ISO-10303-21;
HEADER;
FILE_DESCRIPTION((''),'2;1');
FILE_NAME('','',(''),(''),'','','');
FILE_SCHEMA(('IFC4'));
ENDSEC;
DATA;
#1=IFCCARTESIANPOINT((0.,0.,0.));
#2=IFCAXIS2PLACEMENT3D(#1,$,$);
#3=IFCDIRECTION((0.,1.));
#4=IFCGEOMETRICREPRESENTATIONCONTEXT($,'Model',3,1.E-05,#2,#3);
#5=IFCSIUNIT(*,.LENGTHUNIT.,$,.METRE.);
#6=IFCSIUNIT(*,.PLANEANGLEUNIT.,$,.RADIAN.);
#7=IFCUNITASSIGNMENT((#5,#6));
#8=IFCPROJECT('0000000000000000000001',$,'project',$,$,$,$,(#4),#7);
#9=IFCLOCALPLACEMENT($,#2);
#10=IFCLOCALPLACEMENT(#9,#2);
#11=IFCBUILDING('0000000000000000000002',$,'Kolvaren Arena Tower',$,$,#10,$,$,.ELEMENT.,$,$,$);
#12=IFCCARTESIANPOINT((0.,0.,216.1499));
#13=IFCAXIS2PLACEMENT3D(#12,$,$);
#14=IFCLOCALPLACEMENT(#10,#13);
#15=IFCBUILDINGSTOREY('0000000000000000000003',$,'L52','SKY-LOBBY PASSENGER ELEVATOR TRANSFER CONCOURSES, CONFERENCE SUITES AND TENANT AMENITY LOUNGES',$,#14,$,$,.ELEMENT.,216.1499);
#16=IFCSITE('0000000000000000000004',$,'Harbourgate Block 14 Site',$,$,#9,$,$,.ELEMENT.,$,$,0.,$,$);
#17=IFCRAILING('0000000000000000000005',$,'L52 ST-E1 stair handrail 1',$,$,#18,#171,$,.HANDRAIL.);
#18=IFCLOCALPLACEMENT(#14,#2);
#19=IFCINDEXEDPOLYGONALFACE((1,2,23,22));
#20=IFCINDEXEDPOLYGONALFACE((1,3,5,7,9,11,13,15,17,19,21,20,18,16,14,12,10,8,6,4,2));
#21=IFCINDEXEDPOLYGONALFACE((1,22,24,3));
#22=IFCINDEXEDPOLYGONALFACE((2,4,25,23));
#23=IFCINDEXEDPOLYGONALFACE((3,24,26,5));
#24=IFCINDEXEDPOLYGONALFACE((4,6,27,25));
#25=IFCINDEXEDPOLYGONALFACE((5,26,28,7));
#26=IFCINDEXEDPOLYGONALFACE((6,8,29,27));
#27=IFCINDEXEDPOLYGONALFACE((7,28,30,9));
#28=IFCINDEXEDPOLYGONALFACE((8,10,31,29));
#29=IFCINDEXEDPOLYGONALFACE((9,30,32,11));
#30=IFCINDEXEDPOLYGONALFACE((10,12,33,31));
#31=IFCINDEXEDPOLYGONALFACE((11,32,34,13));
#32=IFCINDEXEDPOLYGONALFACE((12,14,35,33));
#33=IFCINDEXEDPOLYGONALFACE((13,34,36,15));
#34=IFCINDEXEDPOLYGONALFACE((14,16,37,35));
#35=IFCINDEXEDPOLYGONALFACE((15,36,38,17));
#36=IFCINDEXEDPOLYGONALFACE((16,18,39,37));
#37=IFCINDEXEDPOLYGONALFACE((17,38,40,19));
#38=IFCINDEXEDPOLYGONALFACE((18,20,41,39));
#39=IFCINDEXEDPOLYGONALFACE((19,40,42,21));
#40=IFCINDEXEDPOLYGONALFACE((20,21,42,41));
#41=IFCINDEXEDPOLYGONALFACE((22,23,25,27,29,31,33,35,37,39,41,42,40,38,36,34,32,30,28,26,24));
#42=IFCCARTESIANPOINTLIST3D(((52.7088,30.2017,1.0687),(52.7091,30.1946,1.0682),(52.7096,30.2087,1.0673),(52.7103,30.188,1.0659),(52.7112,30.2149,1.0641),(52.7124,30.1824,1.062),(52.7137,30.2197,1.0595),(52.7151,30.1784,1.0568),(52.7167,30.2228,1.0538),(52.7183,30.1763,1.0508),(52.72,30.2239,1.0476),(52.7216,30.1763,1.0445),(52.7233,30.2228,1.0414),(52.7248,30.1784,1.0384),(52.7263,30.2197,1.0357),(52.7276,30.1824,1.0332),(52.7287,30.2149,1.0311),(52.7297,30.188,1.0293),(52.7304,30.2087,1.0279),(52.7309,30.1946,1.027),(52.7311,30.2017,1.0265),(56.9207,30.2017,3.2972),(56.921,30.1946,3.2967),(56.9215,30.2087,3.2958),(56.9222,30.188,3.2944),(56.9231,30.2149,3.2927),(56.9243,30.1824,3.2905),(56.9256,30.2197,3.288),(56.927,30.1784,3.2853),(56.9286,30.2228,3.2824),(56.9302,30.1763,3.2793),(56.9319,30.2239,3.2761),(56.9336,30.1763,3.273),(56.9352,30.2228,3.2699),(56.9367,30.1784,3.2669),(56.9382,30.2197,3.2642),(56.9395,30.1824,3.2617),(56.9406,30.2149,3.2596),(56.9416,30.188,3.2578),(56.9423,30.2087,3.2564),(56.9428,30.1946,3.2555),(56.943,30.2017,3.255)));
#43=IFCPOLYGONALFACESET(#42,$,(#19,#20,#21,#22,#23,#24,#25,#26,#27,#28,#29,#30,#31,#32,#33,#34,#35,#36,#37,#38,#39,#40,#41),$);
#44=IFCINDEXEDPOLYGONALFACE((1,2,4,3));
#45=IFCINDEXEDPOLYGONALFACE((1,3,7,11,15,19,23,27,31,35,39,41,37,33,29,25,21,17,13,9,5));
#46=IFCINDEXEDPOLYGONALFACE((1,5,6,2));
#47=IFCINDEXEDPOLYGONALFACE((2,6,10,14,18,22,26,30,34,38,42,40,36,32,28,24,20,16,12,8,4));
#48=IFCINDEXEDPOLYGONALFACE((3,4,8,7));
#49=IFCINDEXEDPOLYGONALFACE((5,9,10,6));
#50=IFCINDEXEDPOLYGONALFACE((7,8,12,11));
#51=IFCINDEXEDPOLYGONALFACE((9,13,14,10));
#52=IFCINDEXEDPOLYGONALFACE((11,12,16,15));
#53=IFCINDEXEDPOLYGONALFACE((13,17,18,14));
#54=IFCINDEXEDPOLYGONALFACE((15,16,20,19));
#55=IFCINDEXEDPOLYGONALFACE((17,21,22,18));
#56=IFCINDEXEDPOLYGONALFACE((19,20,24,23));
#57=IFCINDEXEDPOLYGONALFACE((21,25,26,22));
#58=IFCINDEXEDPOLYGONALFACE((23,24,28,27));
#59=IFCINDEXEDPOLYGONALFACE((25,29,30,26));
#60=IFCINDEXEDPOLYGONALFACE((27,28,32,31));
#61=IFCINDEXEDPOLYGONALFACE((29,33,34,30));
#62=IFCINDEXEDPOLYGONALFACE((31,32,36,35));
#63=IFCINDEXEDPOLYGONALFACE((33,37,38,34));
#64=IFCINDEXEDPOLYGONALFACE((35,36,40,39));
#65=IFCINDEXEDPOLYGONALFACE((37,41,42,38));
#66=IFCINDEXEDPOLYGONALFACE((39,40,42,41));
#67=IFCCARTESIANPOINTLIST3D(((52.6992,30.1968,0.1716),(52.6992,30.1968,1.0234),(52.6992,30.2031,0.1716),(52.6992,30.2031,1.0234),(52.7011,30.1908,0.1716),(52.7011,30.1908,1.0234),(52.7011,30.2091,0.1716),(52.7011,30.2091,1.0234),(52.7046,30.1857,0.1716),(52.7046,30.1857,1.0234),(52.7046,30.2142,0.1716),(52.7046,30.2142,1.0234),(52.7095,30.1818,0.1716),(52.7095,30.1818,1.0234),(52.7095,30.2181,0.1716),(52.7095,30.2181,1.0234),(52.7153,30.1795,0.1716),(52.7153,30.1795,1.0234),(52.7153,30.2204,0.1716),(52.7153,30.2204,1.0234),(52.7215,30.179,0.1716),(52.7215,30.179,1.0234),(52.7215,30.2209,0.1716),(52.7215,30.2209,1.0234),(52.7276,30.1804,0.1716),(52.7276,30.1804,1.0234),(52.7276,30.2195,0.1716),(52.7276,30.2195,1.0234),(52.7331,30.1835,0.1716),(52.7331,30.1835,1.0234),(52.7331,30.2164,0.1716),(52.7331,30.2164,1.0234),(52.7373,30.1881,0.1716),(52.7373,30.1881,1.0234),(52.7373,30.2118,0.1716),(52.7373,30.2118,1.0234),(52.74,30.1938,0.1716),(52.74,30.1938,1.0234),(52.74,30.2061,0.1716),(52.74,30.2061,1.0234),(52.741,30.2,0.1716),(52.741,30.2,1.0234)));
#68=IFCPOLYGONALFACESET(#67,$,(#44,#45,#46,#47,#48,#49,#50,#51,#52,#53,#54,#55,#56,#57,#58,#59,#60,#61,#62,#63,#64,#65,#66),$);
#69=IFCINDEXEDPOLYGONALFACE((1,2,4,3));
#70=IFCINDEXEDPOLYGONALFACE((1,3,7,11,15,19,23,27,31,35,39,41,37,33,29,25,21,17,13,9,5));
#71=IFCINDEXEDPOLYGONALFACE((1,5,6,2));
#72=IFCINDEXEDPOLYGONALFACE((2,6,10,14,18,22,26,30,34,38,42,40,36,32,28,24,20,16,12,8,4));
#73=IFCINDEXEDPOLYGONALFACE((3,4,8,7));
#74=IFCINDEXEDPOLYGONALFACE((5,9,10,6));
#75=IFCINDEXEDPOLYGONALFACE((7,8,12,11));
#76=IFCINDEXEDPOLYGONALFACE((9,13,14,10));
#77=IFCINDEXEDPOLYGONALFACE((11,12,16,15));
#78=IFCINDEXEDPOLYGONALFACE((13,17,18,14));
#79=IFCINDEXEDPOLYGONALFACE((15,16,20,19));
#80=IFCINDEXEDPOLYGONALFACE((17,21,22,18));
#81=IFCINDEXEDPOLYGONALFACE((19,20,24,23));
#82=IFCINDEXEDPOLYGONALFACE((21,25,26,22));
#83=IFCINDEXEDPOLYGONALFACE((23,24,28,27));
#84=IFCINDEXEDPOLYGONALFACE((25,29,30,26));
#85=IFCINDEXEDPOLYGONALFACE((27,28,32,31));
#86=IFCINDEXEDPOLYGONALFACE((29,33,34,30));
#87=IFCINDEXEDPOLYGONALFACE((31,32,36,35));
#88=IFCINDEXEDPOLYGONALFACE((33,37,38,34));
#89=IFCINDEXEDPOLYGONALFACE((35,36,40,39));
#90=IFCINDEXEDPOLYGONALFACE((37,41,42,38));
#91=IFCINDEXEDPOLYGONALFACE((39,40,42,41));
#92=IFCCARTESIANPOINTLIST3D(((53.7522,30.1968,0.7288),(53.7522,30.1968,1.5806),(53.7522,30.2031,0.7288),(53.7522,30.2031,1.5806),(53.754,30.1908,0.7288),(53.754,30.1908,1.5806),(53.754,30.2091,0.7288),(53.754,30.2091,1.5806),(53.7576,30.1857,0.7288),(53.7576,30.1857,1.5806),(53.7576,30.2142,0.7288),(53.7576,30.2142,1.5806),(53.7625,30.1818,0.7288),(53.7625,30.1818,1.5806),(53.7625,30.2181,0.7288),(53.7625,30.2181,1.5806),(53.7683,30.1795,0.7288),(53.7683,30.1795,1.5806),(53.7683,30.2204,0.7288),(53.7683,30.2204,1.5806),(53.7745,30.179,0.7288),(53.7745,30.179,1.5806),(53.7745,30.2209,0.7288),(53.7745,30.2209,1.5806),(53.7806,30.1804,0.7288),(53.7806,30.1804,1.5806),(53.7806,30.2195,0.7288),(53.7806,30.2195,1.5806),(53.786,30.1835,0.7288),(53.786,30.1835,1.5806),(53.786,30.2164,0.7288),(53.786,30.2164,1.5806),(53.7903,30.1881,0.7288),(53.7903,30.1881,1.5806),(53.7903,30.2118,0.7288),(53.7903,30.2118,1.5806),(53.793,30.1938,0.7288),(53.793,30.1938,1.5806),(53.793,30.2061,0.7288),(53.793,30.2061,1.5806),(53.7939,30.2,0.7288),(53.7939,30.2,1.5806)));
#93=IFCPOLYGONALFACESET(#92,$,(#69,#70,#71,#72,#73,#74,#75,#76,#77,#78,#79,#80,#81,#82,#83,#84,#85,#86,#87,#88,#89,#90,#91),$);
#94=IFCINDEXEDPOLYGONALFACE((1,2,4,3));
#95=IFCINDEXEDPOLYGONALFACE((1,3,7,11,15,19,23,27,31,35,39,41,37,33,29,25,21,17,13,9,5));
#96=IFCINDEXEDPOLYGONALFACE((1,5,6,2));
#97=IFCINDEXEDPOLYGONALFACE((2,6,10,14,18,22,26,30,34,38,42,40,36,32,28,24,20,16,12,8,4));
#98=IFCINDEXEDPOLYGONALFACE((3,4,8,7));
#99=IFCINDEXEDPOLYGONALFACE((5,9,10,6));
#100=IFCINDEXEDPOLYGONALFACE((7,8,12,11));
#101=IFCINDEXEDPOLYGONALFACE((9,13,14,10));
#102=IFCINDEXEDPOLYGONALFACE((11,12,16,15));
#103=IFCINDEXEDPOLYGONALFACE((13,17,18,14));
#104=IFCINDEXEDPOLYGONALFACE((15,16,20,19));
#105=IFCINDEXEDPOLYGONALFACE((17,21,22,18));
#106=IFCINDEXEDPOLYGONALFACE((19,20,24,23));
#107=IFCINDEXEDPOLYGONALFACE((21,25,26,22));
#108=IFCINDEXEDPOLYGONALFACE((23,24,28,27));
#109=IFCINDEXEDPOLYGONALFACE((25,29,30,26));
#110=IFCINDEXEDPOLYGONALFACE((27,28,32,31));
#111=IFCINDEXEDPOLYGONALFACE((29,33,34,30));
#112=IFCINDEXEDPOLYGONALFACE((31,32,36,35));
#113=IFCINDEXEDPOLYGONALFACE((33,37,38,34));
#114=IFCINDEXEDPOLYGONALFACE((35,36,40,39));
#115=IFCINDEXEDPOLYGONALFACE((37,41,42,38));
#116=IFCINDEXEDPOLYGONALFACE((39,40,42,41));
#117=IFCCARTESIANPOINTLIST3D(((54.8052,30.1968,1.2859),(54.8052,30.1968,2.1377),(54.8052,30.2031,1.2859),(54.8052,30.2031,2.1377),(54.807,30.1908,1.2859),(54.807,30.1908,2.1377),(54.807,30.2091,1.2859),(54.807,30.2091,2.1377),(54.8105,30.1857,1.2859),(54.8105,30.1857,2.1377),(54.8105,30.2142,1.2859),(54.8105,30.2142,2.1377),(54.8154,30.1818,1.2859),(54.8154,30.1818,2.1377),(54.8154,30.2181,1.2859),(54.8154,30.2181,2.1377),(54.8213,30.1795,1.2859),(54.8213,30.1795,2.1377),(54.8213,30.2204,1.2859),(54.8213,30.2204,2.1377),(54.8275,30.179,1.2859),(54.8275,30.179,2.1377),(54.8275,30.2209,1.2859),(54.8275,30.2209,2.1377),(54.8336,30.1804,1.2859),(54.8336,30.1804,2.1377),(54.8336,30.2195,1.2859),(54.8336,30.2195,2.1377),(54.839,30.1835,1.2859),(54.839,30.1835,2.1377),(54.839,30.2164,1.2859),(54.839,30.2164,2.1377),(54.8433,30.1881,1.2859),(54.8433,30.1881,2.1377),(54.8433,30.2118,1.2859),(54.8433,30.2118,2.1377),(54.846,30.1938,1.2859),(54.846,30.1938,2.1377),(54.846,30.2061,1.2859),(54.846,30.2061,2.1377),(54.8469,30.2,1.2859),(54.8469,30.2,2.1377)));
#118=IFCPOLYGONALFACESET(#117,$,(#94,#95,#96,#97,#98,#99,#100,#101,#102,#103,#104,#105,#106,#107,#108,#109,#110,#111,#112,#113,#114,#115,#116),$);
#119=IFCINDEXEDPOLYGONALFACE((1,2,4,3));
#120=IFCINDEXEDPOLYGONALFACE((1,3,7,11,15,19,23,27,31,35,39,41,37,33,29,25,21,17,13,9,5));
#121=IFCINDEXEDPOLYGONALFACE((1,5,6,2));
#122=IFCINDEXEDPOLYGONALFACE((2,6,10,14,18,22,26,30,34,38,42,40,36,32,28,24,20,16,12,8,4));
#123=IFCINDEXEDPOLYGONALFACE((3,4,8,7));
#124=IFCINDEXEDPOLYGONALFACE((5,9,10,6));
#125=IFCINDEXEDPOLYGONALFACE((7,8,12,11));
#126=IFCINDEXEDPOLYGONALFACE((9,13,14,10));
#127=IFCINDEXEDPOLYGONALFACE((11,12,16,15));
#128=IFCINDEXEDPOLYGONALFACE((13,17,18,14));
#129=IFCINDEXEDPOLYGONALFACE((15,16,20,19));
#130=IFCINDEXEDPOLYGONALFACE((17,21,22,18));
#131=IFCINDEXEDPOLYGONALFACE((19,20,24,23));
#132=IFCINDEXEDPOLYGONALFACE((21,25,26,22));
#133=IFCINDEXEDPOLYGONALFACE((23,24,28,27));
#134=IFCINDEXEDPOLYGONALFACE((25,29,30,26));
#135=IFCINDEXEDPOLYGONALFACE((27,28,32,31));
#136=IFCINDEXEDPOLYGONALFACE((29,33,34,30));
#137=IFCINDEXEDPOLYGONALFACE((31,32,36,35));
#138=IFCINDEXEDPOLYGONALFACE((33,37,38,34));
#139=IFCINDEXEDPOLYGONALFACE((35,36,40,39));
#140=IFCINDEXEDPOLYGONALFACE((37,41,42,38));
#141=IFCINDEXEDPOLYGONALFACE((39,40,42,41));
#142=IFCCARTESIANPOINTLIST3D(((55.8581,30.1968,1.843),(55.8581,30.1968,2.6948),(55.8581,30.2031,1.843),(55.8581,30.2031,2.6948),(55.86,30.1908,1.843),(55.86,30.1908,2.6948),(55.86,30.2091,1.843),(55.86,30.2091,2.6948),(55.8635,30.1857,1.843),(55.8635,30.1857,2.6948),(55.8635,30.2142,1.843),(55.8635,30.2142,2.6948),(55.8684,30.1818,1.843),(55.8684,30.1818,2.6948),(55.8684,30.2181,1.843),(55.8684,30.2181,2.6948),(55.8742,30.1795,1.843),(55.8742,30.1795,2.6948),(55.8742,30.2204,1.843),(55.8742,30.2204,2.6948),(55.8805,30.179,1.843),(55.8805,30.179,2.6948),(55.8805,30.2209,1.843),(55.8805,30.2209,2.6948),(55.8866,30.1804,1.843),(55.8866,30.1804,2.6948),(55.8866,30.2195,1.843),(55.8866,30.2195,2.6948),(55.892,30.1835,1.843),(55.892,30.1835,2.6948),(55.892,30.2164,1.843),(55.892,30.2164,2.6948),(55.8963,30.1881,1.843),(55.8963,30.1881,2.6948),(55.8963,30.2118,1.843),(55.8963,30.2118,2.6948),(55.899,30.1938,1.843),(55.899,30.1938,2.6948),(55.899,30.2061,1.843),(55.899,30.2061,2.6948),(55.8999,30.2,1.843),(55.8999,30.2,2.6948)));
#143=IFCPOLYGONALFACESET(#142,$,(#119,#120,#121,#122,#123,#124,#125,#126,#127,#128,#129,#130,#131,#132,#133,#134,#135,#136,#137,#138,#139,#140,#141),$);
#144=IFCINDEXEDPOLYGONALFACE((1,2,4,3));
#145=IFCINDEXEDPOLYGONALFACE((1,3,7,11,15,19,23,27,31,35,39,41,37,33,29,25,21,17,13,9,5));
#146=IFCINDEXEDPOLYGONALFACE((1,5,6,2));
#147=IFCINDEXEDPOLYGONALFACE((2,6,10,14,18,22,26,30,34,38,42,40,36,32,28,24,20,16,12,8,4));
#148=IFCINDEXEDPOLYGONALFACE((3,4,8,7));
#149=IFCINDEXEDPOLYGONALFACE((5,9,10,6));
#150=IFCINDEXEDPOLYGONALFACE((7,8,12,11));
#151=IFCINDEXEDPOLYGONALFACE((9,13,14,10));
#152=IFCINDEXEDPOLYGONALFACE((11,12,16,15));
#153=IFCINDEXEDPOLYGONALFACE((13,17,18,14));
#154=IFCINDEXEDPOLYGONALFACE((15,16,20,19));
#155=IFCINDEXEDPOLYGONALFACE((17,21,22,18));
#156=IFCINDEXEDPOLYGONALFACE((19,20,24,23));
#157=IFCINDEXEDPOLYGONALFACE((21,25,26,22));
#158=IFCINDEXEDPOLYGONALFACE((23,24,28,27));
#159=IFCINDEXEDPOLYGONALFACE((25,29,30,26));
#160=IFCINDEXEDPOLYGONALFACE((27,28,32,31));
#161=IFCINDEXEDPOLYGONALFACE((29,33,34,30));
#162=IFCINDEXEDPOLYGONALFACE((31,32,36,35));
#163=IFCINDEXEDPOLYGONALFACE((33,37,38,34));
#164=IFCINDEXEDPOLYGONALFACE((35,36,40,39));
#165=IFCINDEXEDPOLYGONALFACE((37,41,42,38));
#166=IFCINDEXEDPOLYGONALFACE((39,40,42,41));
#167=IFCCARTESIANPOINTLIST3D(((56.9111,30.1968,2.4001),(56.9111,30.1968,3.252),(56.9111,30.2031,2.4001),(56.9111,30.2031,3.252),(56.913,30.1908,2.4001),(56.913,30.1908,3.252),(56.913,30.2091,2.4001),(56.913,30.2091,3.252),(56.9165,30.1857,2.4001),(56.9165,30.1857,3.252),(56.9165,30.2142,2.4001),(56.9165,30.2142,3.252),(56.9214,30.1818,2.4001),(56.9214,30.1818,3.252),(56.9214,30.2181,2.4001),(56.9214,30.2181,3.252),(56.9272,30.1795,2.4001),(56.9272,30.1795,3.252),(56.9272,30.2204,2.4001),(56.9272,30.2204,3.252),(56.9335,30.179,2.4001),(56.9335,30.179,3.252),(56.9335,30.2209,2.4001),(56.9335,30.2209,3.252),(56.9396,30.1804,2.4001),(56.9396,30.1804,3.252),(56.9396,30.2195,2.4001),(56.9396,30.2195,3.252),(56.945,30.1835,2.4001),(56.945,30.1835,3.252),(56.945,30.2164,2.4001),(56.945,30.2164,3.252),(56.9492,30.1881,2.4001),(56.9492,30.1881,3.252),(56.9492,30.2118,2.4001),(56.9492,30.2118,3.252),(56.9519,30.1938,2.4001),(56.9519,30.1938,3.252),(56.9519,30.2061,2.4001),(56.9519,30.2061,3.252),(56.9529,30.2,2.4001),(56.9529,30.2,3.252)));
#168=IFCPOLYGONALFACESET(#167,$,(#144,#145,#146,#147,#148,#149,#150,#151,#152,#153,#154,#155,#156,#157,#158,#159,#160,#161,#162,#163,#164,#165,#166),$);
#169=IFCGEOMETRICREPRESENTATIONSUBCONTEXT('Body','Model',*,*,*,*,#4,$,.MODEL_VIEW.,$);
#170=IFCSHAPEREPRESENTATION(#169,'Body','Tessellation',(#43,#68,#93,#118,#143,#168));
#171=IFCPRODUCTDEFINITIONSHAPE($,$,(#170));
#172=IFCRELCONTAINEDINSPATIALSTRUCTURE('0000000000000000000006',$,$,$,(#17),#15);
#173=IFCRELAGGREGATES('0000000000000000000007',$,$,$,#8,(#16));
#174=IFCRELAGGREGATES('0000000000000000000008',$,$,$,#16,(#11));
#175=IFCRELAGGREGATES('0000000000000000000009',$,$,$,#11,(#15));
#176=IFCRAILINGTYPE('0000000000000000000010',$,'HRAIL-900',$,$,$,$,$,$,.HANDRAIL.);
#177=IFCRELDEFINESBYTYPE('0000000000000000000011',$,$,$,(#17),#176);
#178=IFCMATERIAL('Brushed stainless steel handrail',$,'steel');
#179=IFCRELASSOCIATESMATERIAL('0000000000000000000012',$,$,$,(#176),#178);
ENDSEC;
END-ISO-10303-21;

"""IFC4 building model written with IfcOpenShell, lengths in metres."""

from ifc_helpers import new_model, si_unit, direction, frame, origin, origin_2d, place, context, subcontext, project, spatial, circle, extrude, material, type_object, element, save


model = new_model("IFC4")

# Units and contexts
model_context = context("Model", 3, precision=1e-05, world=origin(), true_north=direction((0.0, 1.0)))
body_context = subcontext(model_context, "Body", "Model", "MODEL_VIEW")
ifc_project = project(units=[si_unit("LENGTHUNIT", "METRE"), si_unit("PLANEANGLEUNIT", "RADIAN")], contexts=[model_context])

# Site, building, storey
site_placement = place(None, origin())
site = spatial("IfcSite", under=ifc_project, at=site_placement, Name="Harbourgate Block 14 Site", CompositionType="ELEMENT", RefElevation=0.0)
building_placement = place(site_placement, origin())
building = spatial("IfcBuilding", under=site, at=building_placement, Name="Kolvaren Arena Tower", CompositionType="ELEMENT")
storey_placement = place(building_placement, frame((0.0, 0.0, 216.1499)))
storey = spatial("IfcBuildingStorey", under=building, at=storey_placement, Name="L52", Description="SKY-LOBBY PASSENGER ELEVATOR TRANSFER CONCOURSES, CONFERENCE SUITES AND TENANT AMENITY LOUNGES", CompositionType="ELEMENT", Elevation=216.1499)

# Railing
ifc_material_1 = material(Name="Brushed stainless steel handrail", Category="steel")
railing_type_1 = type_object("IfcRailingType", Name="HRAIL-900", PredefinedType="HANDRAIL", material=ifc_material_1)
railing_1_placement = place(storey_placement, frame((52.72, 30.2, 0.1716)))
element("IfcRailing", 1, at=railing_1_placement, inside=storey, type_object=railing_type_1, Name="L52 ST-E1 stair handrail 1", PredefinedType="HANDRAIL", context=body_context, shape_type="SweptSolid", body=[
    extrude(circle(Radius=0.0239, at=origin_2d()), frame((0.0, 0.0, 0.876), z_axis=(0.883903, 0.0, 0.467671), x_axis=(0.0, 1.0, 0.0)), (0.0, 0.0, 1.0), 4.7651),
    extrude(circle(Radius=0.021, at=origin_2d()), origin(), (0.0, 0.0, 1.0), 0.8518),
    extrude(circle(Radius=0.021, at=origin_2d()), frame((1.053, 0.0, 0.5571)), (0.0, 0.0, 1.0), 0.8518),
    extrude(circle(Radius=0.021, at=origin_2d()), frame((2.106, 0.0, 1.1143)), (0.0, 0.0, 1.0), 0.8518),
    extrude(circle(Radius=0.021, at=origin_2d()), frame((3.1589, 0.0, 1.6714)), (0.0, 0.0, 1.0), 0.8518),
    extrude(circle(Radius=0.021, at=origin_2d()), frame((4.2119, 0.0, 2.2285)), (0.0, 0.0, 1.0), 0.8518),
])

save(model, "model.ifc")
